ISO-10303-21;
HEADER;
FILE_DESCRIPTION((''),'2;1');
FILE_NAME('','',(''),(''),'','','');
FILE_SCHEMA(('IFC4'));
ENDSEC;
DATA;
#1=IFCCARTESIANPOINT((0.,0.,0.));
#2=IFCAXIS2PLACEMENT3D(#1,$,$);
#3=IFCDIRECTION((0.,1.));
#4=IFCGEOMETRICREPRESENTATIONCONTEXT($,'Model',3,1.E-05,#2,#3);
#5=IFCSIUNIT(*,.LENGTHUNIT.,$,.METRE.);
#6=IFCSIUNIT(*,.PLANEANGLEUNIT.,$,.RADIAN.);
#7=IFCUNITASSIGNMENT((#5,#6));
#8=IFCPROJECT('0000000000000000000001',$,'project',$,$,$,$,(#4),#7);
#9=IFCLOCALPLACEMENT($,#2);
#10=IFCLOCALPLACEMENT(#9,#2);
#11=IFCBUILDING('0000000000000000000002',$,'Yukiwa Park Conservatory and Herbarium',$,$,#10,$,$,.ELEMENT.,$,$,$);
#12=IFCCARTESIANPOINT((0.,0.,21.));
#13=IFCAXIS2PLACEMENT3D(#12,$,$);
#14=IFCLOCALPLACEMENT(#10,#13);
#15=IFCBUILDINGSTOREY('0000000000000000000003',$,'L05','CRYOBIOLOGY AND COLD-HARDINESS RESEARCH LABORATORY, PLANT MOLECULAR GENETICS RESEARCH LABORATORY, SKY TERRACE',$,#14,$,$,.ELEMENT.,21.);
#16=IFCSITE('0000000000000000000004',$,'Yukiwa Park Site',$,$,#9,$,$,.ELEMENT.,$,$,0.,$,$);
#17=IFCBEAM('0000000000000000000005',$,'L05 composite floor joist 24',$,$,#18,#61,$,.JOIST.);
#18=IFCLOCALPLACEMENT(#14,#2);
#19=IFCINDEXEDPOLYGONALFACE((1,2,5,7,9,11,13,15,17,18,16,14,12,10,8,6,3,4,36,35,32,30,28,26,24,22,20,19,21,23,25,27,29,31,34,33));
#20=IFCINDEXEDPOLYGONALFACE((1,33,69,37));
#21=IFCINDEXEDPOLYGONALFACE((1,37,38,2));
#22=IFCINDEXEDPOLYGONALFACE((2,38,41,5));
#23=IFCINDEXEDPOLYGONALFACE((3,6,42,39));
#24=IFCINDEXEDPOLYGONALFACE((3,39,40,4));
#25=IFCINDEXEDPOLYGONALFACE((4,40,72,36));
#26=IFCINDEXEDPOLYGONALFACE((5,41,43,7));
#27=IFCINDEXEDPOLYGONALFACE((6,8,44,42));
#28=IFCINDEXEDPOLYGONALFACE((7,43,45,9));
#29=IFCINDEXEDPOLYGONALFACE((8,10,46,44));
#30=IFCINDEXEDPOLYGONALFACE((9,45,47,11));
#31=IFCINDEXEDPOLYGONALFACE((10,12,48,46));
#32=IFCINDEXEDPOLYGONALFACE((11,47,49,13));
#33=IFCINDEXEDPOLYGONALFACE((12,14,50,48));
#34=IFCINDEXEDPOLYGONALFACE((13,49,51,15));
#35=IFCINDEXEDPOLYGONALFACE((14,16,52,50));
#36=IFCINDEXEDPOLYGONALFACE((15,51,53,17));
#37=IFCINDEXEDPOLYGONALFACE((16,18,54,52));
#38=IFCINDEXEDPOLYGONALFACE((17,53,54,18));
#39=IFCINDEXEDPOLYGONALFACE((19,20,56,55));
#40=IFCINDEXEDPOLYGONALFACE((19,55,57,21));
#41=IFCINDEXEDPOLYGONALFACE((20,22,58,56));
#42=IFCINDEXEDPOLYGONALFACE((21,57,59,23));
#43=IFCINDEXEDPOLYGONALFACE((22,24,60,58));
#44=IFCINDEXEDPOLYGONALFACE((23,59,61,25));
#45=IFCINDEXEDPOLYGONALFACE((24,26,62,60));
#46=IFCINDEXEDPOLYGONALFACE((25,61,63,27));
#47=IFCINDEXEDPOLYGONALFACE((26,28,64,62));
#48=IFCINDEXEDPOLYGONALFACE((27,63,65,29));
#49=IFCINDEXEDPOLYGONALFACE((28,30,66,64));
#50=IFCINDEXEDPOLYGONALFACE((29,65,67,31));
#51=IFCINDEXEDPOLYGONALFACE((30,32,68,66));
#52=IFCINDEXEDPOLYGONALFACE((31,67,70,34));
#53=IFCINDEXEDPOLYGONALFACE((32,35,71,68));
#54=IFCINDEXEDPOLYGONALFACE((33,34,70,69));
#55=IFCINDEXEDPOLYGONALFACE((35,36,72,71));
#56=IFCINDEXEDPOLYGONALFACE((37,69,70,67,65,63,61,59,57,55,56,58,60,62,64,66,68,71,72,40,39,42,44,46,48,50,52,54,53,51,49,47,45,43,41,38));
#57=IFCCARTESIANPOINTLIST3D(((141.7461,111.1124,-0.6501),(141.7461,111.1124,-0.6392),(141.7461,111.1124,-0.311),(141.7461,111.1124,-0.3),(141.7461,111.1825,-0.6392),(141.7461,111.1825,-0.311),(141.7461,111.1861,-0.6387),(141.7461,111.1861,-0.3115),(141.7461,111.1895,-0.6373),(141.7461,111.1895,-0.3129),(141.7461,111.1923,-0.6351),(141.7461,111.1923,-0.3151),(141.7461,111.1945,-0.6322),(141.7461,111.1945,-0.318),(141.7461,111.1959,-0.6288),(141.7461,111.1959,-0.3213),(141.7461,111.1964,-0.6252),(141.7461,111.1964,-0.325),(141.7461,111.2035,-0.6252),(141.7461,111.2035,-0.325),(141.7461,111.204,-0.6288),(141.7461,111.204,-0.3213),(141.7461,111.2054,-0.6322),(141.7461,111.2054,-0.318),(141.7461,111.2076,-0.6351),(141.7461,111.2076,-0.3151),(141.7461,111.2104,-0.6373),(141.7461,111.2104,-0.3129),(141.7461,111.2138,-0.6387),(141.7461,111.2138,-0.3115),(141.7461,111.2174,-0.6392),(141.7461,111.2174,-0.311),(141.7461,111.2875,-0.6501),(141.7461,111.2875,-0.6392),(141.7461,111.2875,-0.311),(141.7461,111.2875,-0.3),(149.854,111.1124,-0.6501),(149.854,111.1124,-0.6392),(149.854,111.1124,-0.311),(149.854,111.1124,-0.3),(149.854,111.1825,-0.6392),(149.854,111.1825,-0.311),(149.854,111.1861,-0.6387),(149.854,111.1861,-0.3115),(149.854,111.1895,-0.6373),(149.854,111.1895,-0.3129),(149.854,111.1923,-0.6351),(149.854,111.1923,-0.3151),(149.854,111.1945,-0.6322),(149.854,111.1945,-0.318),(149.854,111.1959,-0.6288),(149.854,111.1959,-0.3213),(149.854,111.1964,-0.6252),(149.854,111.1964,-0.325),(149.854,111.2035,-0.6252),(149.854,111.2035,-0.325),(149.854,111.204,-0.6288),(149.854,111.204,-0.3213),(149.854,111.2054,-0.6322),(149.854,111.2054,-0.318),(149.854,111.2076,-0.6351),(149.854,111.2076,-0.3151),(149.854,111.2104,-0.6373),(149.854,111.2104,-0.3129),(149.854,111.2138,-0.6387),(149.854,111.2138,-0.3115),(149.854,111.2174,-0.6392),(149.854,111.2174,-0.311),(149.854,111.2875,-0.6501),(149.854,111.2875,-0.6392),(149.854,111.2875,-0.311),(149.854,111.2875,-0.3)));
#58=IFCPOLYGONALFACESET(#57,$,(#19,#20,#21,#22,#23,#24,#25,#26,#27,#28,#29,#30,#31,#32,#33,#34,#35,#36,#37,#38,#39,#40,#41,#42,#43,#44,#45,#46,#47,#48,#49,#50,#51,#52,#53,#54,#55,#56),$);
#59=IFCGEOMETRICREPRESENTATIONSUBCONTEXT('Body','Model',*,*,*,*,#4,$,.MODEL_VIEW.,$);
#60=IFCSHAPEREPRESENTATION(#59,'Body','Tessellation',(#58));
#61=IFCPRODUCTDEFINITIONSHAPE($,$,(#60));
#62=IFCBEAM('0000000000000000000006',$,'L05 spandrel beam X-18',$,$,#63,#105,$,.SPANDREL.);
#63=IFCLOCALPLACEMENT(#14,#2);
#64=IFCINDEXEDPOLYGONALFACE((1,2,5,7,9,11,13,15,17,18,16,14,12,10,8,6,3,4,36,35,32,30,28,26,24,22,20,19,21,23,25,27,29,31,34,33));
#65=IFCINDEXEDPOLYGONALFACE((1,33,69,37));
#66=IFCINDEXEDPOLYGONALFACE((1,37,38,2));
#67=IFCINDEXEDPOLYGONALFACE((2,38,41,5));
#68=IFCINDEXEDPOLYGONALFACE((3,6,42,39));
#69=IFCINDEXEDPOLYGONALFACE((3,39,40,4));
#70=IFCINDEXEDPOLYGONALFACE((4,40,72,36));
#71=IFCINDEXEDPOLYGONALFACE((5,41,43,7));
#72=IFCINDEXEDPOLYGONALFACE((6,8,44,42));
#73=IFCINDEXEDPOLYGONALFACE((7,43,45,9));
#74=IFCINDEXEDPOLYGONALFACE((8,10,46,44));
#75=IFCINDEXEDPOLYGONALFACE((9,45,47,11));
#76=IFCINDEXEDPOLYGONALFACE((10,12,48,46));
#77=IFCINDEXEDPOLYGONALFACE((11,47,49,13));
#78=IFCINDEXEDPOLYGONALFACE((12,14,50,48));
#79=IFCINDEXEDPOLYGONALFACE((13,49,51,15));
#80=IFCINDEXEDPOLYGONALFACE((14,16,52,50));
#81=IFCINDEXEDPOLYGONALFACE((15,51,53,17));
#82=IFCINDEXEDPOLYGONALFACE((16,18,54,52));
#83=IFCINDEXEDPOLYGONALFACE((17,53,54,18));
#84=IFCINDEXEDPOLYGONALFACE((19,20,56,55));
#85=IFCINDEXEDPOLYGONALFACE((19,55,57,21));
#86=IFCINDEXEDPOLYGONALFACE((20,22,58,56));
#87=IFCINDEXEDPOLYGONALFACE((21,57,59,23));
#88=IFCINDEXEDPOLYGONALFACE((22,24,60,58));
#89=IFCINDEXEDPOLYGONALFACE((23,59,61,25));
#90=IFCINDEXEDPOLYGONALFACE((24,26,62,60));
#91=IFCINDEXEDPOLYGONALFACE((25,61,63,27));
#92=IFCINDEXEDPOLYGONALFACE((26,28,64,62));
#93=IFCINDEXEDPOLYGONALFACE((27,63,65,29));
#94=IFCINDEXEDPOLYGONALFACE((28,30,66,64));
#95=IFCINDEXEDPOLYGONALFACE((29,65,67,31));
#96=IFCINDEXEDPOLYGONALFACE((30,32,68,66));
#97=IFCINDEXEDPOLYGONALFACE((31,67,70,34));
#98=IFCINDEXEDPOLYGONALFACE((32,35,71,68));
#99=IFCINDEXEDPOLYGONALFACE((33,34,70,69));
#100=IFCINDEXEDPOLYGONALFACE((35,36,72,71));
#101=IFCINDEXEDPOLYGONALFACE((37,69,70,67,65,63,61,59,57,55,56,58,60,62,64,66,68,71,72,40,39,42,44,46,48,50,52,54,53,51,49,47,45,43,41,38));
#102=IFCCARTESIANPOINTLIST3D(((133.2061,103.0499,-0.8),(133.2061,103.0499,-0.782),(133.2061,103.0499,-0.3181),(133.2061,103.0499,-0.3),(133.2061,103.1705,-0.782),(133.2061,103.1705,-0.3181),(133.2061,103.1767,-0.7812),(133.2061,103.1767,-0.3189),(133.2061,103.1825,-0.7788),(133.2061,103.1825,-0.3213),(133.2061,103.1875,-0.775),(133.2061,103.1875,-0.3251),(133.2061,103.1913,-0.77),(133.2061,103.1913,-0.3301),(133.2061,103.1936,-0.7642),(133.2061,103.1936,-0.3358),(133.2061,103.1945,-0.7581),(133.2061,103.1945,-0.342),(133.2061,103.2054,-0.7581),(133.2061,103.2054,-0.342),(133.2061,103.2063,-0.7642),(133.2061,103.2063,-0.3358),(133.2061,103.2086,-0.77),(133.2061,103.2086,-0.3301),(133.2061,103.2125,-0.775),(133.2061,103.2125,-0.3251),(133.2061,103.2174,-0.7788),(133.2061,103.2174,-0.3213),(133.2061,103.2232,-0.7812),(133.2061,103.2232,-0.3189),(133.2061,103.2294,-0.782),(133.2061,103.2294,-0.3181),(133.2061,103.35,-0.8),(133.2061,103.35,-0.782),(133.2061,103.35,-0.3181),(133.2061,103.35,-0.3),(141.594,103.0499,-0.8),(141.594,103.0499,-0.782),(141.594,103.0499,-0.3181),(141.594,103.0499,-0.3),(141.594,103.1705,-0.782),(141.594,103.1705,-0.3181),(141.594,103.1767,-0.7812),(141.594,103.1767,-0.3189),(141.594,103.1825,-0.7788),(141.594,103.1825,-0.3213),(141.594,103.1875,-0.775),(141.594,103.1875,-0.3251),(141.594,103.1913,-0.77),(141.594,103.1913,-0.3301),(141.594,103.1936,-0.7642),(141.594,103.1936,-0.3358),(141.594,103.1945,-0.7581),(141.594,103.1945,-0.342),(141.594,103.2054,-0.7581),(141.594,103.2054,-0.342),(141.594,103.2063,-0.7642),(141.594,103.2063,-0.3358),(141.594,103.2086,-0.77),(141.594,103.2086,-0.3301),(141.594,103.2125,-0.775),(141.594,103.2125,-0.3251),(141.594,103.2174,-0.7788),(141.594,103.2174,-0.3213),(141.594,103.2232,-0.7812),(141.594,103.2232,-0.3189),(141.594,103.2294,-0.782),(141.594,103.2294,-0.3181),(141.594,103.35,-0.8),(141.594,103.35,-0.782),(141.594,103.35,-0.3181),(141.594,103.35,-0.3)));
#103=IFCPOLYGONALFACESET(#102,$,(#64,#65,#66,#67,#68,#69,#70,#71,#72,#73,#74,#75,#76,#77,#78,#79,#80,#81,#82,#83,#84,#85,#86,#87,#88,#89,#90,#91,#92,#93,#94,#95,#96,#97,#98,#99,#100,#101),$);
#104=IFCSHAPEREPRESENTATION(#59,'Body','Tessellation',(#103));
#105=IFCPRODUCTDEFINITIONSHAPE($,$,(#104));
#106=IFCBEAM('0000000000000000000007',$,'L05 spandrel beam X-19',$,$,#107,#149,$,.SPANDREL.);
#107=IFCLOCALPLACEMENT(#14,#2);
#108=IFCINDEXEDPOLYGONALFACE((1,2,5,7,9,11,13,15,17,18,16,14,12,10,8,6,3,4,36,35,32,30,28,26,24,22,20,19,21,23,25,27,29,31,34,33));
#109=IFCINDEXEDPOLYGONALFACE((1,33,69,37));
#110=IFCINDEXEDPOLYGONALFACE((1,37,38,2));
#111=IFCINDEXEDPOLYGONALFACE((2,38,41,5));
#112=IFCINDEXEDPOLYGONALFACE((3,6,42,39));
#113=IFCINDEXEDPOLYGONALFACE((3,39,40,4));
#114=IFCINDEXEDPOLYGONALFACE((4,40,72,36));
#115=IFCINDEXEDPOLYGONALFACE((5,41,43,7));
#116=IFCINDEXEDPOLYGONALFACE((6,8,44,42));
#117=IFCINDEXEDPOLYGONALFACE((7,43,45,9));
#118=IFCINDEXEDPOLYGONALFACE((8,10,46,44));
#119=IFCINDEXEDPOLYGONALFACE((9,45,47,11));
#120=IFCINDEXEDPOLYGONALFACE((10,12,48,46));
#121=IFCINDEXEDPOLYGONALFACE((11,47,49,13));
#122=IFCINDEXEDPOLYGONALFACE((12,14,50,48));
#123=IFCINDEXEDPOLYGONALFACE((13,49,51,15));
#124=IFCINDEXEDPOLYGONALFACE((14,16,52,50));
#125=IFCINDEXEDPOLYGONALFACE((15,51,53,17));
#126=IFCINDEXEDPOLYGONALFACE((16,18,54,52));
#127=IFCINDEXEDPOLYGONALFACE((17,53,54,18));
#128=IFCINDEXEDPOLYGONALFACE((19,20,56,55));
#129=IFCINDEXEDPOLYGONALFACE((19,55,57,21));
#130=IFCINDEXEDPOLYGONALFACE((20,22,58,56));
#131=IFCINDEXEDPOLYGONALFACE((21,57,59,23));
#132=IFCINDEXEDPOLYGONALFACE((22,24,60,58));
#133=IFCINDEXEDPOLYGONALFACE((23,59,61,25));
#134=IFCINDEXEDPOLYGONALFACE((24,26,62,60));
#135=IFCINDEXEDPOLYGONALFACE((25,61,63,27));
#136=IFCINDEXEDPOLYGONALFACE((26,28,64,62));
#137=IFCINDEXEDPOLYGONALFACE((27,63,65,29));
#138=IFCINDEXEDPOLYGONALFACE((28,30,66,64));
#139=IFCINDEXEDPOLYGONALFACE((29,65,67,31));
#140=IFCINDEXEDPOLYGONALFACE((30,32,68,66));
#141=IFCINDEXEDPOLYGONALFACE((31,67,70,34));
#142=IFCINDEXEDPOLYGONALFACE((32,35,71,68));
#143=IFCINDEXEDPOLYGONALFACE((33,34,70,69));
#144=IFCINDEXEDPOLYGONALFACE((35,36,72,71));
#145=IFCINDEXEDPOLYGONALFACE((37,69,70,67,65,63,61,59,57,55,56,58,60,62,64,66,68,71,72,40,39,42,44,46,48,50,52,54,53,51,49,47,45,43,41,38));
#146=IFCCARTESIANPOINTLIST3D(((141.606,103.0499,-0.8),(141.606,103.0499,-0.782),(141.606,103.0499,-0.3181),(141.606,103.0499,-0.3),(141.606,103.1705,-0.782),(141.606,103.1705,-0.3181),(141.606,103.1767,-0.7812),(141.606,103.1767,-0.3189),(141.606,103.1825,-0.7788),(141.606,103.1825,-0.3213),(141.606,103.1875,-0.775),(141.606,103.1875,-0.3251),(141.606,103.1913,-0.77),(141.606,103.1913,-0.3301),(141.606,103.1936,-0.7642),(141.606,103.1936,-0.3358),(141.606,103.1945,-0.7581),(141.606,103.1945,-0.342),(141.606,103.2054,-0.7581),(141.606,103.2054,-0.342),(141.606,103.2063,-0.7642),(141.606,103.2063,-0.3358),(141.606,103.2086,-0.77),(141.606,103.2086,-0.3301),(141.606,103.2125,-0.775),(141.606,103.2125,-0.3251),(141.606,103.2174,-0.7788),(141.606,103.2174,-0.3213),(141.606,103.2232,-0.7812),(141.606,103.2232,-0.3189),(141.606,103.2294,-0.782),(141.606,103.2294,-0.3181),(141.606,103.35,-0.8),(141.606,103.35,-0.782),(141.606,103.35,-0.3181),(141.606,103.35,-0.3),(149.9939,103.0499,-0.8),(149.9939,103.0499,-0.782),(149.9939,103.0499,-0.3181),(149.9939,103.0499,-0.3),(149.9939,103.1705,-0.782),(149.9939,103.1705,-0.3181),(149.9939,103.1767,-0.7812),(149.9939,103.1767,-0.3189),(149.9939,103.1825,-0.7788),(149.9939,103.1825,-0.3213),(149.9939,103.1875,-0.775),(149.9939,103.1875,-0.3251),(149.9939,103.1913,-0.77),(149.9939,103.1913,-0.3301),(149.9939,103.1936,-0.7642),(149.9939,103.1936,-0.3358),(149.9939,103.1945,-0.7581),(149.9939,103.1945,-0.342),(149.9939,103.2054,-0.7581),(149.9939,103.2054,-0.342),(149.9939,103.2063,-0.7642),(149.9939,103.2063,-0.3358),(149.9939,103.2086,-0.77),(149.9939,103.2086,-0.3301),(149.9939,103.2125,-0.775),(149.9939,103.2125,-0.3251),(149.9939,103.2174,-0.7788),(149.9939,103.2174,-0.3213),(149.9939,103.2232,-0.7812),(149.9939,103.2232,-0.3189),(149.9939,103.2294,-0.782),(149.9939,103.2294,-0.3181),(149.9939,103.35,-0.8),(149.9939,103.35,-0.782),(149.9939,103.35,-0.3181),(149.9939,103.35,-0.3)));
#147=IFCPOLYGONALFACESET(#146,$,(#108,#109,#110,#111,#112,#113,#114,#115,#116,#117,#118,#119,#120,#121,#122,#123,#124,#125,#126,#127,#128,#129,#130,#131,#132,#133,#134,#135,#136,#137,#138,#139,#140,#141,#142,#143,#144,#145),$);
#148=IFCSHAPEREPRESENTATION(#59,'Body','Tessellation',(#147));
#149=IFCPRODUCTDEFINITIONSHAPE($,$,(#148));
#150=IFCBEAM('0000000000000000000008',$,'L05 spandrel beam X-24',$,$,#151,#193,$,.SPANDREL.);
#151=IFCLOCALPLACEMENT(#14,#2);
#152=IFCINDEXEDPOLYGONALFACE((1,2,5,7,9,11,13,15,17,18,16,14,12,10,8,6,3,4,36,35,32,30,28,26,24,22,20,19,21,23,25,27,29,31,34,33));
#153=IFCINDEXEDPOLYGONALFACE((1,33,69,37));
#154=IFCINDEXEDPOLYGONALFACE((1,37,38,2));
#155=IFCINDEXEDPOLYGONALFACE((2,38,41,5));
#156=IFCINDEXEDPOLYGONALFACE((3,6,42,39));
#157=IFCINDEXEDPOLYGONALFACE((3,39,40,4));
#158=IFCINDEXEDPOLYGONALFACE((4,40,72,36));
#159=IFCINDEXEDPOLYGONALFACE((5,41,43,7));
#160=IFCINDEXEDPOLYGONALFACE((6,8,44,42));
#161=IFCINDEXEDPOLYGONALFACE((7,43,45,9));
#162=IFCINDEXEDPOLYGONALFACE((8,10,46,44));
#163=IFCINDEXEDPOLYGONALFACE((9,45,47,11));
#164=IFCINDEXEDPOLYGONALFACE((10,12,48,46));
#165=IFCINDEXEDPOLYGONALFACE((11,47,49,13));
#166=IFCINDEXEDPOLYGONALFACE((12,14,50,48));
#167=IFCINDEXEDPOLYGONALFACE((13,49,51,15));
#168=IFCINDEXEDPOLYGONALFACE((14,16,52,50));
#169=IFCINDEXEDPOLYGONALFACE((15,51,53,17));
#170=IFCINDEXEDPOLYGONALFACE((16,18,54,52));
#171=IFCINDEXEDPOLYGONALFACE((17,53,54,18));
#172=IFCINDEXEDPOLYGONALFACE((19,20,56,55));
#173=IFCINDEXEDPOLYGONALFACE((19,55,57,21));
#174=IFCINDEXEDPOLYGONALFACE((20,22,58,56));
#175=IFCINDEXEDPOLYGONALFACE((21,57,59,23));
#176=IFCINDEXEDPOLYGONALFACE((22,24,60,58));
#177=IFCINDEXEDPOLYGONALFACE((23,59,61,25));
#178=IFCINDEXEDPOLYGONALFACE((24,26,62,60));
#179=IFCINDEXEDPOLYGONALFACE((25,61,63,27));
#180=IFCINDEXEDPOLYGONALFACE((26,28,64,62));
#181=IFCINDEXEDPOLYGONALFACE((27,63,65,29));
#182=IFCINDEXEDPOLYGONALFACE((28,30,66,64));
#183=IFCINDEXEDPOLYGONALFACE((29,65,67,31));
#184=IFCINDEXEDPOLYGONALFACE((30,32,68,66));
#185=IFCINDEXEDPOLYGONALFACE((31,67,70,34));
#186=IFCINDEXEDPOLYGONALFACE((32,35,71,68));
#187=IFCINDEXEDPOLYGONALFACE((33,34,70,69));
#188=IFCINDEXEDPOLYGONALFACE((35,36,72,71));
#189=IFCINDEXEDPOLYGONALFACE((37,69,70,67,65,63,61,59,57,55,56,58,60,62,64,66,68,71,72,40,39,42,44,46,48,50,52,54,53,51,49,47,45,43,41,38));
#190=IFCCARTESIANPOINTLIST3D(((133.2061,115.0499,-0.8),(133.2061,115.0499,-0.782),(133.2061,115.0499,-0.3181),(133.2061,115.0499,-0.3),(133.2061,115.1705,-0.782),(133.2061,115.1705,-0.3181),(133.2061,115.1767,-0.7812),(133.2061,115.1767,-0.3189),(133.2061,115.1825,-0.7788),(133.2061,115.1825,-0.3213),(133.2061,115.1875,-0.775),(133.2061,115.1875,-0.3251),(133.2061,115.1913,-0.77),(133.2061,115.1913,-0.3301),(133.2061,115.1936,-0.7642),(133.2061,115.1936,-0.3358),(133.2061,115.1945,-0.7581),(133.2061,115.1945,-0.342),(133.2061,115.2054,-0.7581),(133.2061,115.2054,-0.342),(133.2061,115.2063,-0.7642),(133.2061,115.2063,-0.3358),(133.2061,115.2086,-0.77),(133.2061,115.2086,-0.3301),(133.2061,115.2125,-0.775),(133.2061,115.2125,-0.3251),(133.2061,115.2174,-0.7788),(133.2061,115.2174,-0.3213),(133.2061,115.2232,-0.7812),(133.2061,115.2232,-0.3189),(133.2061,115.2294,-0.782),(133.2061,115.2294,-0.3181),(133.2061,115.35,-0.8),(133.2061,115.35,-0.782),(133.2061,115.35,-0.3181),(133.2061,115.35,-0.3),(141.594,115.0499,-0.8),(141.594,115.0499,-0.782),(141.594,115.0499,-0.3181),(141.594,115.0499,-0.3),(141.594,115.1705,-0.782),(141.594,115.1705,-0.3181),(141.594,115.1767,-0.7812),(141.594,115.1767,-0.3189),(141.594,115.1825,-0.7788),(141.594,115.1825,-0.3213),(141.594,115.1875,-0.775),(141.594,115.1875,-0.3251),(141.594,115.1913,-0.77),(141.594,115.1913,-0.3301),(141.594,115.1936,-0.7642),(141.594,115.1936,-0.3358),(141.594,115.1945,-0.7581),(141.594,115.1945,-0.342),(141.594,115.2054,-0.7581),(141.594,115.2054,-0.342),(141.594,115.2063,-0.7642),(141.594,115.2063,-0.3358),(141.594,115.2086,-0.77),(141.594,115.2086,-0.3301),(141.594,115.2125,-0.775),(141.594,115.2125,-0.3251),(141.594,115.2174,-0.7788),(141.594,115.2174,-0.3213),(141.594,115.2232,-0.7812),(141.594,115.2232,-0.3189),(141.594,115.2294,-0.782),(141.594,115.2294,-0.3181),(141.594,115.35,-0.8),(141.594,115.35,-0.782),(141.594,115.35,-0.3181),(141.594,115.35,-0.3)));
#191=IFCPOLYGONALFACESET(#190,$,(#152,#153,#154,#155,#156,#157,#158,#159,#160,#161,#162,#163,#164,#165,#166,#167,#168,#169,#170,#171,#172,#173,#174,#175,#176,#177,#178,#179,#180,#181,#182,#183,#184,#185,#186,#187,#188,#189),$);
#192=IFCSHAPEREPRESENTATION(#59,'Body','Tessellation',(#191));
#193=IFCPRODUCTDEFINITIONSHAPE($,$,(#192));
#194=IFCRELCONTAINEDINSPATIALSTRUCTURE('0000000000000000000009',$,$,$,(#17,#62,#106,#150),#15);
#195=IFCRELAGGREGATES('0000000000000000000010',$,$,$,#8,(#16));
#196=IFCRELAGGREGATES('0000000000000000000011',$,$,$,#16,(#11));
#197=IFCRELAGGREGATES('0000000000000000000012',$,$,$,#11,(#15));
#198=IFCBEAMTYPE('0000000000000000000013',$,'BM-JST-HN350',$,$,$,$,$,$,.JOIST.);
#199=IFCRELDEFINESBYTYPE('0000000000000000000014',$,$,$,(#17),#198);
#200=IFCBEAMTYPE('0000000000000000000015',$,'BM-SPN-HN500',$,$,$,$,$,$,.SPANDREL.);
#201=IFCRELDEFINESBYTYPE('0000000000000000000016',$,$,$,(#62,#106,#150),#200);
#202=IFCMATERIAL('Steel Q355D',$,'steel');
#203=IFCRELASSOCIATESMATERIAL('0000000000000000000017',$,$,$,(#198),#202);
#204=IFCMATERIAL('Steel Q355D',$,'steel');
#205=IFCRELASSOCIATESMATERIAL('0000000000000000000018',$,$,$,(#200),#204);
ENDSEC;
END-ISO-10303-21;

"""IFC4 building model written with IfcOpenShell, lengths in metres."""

from ifc_helpers import new_model, si_unit, direction, frame, origin, origin_2d, place, context, subcontext, project, spatial, i_section, extrude, material, material_profile, profile_set, type_object, element, save


model = new_model("IFC4")

# Units and contexts
model_context = context("Model", 3, precision=1e-05, world=origin(), true_north=direction((0.0, 1.0)))
body_context = subcontext(model_context, "Body", "Model", "MODEL_VIEW")
ifc_project = project(units=[si_unit("LENGTHUNIT", "METRE"), si_unit("PLANEANGLEUNIT", "RADIAN")], contexts=[model_context])

# Site, building, storey
site_placement = place(None, origin())
site = spatial("IfcSite", under=ifc_project, at=site_placement, Name="Yukiwa Park Site", CompositionType="ELEMENT", RefElevation=0.0)
building_placement = place(site_placement, origin())
building = spatial("IfcBuilding", under=site, at=building_placement, Name="Yukiwa Park Conservatory and Herbarium", CompositionType="ELEMENT")
storey_placement = place(building_placement, frame((0.0, 0.0, 21.0)))
storey = spatial("IfcBuildingStorey", under=building, at=storey_placement, Name="L05", Description="CRYOBIOLOGY AND COLD-HARDINESS RESEARCH LABORATORY, PLANT MOLECULAR GENETICS RESEARCH LABORATORY, SKY TERRACE", CompositionType="ELEMENT", Elevation=21.0)

# Beams
ifc_material_1 = material(Name="Steel Q355D", Category="steel")
ifc_material_profile_1 = material_profile(ifc_material_1, i_section(OverallWidth=0.175, OverallDepth=0.3501, WebThickness=0.0071, FlangeThickness=0.011, FilletRadius=0.0139, at=origin_2d()), Name="HN 350x175x7x11")
ifc_profile_set_1 = profile_set([ifc_material_profile_1], Name="Steel Q355D")
beam_type_1 = type_object("IfcBeamType", Name="BM-JST-HN350", PredefinedType="JOIST", material=ifc_profile_set_1)
for number, where, z_axis, x_axis, name in (
    (1, (141.7461, 111.2, -0.4751), (1.0, 0.0, 0.0), (0.0, 1.0, 0.0), "L05 composite floor joist 24"),
):
    element("IfcBeam", number, at=place(storey_placement, frame(where, z_axis=z_axis, x_axis=x_axis)), inside=storey, type_object=beam_type_1, Name=name, PredefinedType="JOIST", context=body_context, shape_type="SweptSolid", body=[
        extrude(i_section(OverallWidth=0.175, OverallDepth=0.3501, WebThickness=0.0071, FlangeThickness=0.011, FilletRadius=0.0139, at=origin_2d()), origin(), (0.0, 0.0, 1.0), 8.1079),
    ])
ifc_material_2 = material(Name="Steel Q355D", Category="steel")
ifc_material_profile_2 = material_profile(ifc_material_2, i_section(OverallWidth=0.3, OverallDepth=0.5, WebThickness=0.011, FlangeThickness=0.0181, FilletRadius=0.0239, at=origin_2d()), Name="HM 500x300x11x18")
ifc_profile_set_2 = profile_set([ifc_material_profile_2], Name="Steel Q355D")
beam_type_2 = type_object("IfcBeamType", Name="BM-SPN-HN500", PredefinedType="SPANDREL", material=ifc_profile_set_2)
for number, where, z_axis, x_axis, name in (
    (2, (133.2061, 103.2, -0.55), (1.0, 0.0, 0.0), (0.0, 1.0, 0.0), "L05 spandrel beam X-18"),
    (3, (141.606, 103.2, -0.55), (1.0, 0.0, 0.0), (0.0, 1.0, 0.0), "L05 spandrel beam X-19"),
    (4, (133.2061, 115.2, -0.55), (1.0, 0.0, 0.0), (0.0, 1.0, 0.0), "L05 spandrel beam X-24"),
):
    element("IfcBeam", number, at=place(storey_placement, frame(where, z_axis=z_axis, x_axis=x_axis)), inside=storey, type_object=beam_type_2, Name=name, PredefinedType="SPANDREL", context=body_context, shape_type="SweptSolid", body=[
        extrude(i_section(OverallWidth=0.3, OverallDepth=0.5, WebThickness=0.011, FlangeThickness=0.0181, FilletRadius=0.0239, at=origin_2d()), origin(), (0.0, 0.0, 1.0), 8.3879),
    ])

save(model, "model.ifc")
